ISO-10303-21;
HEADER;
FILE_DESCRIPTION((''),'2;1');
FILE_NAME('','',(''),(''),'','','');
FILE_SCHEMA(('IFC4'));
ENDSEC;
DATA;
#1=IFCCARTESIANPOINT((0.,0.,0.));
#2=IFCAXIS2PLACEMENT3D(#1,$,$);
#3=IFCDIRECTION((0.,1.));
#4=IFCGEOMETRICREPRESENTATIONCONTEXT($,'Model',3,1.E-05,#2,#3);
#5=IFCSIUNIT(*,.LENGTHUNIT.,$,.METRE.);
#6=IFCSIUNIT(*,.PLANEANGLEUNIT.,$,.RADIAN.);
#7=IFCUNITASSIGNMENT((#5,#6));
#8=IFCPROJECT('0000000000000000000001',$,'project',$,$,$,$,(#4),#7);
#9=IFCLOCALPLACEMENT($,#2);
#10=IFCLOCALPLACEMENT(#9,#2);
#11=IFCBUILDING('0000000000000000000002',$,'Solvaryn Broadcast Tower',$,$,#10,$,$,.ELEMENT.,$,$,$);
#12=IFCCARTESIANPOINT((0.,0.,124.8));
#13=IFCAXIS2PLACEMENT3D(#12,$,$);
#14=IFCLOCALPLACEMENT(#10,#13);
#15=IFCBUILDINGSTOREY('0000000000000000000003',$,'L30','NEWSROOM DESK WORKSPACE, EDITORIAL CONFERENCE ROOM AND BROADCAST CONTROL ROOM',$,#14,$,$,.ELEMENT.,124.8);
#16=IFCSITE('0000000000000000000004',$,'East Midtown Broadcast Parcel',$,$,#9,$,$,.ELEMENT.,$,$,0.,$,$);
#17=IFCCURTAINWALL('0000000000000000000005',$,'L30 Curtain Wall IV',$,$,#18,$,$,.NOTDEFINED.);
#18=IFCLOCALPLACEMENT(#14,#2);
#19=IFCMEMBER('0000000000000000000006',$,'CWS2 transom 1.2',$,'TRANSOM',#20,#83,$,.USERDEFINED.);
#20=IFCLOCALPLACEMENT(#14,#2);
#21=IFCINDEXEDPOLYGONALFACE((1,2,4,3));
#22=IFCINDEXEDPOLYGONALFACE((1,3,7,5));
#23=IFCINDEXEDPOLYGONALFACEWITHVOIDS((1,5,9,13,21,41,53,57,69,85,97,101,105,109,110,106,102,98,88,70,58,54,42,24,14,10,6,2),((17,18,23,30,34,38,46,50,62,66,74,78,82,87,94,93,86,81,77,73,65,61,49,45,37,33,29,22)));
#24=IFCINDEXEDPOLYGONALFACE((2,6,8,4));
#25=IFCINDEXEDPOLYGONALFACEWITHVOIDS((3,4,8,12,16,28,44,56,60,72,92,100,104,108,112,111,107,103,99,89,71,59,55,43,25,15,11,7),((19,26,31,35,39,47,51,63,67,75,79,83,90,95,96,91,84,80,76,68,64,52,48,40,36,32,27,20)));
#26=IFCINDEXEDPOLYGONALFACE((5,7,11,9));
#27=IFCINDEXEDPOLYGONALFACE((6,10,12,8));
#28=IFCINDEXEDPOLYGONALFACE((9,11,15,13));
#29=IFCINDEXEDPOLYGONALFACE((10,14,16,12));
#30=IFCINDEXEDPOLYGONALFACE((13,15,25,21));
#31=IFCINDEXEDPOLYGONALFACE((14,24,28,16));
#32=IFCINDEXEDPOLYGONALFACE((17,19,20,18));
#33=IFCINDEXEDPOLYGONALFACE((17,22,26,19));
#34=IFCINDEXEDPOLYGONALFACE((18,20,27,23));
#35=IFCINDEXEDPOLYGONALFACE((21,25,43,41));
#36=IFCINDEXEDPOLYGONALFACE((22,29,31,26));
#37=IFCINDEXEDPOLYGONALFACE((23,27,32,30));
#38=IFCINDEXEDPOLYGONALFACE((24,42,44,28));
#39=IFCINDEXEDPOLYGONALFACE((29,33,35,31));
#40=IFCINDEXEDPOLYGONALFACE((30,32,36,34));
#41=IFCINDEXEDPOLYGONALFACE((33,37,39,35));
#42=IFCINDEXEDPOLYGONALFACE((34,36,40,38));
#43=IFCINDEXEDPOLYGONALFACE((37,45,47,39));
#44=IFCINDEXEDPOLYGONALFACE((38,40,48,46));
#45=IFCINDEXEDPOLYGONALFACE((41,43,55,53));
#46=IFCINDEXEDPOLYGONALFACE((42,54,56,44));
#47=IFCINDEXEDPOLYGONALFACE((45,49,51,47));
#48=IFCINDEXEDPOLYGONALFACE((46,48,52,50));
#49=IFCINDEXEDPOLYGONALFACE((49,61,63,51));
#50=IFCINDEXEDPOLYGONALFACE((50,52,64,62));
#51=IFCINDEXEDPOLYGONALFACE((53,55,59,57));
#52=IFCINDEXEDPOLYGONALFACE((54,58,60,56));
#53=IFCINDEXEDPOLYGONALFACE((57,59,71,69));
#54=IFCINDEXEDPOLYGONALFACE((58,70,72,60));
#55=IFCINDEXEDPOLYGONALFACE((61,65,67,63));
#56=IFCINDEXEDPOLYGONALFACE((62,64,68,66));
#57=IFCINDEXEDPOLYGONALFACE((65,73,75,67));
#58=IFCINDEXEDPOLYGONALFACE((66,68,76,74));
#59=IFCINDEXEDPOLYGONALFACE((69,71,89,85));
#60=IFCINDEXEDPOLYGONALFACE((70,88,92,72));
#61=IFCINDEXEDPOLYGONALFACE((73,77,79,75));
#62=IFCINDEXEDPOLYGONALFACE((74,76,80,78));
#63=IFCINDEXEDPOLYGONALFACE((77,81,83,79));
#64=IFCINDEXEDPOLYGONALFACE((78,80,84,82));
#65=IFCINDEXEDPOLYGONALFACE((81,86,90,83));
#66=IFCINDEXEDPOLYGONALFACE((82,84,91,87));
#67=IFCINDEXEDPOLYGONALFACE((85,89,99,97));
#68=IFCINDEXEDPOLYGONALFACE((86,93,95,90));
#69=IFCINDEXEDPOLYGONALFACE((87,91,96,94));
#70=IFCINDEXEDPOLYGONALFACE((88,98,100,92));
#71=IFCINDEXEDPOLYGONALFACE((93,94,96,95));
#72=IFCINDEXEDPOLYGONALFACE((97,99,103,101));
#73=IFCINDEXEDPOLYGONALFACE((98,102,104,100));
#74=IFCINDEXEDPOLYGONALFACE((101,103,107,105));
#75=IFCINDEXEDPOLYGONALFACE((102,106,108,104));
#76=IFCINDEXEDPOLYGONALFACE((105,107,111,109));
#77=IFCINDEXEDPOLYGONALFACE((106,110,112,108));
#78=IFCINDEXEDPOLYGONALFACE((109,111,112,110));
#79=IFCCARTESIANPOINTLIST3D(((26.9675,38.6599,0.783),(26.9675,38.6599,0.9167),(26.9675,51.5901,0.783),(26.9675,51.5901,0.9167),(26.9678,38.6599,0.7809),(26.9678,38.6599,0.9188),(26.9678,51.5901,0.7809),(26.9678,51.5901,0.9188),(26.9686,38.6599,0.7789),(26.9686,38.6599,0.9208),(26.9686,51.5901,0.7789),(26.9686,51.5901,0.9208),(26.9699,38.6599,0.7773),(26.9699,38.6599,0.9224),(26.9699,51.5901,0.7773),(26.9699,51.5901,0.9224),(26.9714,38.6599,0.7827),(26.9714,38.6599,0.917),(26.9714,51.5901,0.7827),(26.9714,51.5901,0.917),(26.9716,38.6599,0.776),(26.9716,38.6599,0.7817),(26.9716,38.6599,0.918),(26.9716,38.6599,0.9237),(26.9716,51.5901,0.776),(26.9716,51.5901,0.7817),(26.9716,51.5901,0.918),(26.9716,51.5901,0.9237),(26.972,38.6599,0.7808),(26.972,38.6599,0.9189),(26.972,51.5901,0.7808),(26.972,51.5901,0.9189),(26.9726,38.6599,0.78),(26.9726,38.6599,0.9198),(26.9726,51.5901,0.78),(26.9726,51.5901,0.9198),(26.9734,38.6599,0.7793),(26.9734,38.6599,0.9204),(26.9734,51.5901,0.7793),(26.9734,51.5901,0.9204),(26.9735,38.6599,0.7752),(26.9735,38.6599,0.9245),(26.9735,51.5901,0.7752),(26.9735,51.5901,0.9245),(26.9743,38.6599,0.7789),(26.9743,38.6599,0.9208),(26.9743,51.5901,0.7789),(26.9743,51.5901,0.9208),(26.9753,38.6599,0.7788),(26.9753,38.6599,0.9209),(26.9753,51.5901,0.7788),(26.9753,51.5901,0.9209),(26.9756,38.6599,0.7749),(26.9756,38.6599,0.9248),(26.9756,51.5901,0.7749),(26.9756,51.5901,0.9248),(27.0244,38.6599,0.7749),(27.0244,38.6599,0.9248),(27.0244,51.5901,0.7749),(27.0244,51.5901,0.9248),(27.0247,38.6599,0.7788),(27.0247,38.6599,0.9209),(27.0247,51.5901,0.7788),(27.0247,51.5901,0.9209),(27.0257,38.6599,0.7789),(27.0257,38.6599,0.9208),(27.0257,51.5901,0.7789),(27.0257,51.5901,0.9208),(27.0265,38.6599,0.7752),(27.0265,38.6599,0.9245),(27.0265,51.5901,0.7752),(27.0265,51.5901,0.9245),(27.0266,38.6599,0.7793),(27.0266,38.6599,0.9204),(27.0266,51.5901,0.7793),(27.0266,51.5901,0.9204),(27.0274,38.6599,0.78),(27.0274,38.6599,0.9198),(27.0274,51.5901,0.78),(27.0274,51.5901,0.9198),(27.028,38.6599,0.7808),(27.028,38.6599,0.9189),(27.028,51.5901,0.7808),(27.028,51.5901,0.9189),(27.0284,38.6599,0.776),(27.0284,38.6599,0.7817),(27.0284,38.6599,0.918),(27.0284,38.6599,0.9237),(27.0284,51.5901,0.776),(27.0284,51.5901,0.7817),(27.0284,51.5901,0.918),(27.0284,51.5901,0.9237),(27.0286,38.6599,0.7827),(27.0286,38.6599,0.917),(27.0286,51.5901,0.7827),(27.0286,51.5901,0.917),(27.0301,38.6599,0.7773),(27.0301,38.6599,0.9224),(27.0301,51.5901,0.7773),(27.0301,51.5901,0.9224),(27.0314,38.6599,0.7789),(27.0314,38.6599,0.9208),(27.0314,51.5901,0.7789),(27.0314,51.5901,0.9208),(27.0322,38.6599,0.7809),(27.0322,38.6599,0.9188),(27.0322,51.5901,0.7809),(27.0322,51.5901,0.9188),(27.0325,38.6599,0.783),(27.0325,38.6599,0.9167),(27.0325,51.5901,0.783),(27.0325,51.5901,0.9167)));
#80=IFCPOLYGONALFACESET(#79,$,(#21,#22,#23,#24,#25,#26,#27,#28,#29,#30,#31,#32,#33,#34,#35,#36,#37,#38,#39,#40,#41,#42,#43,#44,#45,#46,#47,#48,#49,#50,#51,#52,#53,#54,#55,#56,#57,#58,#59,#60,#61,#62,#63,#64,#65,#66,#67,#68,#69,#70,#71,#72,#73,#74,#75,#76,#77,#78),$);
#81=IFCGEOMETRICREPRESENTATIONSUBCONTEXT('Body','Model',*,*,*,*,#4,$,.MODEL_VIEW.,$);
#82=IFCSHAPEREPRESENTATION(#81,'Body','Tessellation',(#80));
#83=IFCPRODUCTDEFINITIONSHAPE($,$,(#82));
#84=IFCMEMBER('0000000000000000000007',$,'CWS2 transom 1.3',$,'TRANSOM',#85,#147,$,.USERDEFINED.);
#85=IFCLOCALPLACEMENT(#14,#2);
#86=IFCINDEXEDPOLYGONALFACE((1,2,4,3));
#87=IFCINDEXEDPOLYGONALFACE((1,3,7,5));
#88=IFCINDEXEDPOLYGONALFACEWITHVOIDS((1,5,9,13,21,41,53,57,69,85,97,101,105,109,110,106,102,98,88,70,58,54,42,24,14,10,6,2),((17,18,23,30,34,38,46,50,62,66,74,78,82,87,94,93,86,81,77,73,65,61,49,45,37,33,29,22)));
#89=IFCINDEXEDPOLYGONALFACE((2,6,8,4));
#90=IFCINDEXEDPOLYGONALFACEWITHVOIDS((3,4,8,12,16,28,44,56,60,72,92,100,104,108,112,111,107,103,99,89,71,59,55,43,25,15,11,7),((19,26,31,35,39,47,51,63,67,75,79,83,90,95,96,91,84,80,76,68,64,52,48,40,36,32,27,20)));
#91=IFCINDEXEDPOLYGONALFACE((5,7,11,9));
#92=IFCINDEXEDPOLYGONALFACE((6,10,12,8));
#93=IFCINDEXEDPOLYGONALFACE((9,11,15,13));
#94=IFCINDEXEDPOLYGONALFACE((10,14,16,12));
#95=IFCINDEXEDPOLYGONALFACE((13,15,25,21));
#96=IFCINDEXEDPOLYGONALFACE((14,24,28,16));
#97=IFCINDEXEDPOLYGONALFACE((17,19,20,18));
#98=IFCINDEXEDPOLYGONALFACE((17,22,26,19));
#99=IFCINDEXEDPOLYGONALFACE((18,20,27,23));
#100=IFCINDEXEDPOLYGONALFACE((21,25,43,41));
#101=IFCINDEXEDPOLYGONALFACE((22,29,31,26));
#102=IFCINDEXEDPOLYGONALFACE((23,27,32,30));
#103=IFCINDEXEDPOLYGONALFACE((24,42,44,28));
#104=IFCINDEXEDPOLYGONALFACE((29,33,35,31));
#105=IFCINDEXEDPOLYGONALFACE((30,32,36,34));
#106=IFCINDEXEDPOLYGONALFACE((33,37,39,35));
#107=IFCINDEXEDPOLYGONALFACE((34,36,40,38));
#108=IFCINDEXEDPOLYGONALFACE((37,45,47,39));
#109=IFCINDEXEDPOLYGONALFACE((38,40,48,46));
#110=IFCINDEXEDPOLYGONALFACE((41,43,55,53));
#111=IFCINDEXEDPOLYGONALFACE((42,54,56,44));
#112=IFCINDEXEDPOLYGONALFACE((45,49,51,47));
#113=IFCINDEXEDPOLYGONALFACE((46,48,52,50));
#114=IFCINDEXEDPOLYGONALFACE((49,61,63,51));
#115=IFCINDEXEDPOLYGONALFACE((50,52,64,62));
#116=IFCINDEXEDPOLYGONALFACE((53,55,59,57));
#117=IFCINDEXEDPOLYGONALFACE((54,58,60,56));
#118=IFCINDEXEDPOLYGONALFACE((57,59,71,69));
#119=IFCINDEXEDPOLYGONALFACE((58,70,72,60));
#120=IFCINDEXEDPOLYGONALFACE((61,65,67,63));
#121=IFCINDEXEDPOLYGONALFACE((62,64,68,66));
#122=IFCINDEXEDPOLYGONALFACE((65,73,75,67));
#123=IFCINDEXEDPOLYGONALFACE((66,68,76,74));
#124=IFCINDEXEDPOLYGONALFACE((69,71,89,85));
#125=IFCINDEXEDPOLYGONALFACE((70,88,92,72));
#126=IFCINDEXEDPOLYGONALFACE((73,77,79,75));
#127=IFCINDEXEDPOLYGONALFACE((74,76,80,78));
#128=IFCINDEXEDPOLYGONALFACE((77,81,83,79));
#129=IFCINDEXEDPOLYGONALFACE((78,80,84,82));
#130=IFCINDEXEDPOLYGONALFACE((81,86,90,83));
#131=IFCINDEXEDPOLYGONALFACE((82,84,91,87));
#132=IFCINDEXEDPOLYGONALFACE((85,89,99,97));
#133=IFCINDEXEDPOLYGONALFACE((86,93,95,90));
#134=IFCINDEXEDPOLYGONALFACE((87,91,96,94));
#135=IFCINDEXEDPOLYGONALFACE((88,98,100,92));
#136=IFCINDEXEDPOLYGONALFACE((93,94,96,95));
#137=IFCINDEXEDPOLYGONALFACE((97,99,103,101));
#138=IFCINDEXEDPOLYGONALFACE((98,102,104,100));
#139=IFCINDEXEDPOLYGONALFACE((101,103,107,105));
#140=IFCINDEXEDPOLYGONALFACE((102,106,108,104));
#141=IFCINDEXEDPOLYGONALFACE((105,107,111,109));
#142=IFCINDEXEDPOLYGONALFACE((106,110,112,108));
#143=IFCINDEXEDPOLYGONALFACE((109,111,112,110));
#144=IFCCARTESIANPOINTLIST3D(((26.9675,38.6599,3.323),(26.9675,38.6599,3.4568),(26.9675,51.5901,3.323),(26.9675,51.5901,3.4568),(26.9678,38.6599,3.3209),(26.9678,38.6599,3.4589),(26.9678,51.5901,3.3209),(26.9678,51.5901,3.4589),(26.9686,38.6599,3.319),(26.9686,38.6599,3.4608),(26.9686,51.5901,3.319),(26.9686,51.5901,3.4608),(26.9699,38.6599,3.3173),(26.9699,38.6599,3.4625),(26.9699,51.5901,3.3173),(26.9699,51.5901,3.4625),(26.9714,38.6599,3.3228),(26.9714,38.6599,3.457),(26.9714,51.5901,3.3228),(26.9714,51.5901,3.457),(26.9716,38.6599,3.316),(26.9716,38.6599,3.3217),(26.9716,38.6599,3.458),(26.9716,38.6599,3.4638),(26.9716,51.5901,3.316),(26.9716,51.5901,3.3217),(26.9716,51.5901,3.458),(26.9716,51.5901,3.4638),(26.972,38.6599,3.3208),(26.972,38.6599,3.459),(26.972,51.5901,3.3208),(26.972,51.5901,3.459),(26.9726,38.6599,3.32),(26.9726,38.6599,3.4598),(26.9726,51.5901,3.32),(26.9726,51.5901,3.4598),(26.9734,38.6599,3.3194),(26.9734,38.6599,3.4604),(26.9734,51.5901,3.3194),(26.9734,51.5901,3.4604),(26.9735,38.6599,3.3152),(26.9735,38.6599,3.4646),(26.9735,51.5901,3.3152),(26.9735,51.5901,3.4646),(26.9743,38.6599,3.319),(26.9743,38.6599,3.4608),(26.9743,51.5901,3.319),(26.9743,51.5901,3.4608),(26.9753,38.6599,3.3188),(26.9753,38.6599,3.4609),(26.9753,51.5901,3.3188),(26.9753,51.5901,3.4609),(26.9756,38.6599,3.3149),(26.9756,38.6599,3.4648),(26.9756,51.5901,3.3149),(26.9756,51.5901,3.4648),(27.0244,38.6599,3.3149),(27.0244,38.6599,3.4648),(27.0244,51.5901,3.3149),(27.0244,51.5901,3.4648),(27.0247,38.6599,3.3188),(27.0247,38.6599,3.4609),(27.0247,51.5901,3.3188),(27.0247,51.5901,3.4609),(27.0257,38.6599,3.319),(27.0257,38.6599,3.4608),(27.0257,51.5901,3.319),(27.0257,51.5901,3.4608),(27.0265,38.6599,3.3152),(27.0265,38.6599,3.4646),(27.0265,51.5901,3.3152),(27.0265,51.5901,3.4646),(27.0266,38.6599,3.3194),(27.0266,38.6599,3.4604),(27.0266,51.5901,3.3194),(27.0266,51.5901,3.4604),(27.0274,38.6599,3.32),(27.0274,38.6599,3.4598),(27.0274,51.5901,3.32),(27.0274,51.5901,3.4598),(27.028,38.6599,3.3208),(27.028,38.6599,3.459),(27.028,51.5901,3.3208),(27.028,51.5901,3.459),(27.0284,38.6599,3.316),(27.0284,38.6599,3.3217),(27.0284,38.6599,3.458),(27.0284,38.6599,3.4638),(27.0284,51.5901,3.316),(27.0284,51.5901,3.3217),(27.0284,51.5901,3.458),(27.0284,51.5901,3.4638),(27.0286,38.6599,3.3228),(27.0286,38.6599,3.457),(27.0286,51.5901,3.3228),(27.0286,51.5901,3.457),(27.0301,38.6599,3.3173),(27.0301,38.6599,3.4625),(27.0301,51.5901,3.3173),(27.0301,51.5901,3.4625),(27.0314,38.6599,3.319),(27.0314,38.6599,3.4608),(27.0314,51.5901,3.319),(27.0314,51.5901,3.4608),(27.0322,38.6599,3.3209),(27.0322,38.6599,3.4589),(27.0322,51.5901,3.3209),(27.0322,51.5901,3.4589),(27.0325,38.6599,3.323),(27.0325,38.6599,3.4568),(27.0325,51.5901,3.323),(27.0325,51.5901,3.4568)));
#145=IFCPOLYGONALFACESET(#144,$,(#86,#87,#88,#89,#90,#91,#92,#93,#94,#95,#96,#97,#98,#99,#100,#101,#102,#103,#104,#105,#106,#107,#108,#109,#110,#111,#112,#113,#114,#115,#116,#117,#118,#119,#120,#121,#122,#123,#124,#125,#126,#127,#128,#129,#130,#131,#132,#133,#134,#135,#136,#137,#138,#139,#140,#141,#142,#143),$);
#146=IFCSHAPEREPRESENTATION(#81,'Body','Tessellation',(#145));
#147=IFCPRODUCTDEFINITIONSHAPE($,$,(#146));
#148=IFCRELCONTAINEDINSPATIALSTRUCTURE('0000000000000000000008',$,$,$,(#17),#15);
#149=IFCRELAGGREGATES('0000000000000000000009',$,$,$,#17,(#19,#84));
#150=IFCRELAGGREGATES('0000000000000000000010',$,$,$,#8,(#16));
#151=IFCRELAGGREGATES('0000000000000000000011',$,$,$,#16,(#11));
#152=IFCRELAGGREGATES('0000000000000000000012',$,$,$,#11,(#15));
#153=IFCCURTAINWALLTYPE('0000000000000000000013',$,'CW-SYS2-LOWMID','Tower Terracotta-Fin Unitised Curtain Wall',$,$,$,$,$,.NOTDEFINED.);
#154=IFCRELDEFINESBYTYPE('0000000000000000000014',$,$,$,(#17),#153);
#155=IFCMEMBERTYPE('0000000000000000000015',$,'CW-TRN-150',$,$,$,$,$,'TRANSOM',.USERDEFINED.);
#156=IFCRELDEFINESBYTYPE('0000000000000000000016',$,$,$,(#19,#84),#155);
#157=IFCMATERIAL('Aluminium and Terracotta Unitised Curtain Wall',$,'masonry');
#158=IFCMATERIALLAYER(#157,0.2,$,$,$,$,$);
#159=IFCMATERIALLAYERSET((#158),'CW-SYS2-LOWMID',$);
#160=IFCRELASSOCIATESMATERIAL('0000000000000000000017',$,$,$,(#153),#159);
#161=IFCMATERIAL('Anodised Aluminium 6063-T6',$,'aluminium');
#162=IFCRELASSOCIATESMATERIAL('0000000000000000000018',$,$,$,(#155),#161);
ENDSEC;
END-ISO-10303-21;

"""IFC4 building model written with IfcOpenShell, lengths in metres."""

from ifc_helpers import new_model, si_unit, direction, frame, origin, origin_2d, place, context, subcontext, project, spatial, hollow_rectangle, extrude, material, layer, layer_set, material_profile, profile_set, type_object, element, aggregate, save


model = new_model("IFC4")

# Units and contexts
model_context = context("Model", 3, precision=1e-05, world=origin(), true_north=direction((0.0, 1.0)))
body_context = subcontext(model_context, "Body", "Model", "MODEL_VIEW")
ifc_project = project(units=[si_unit("LENGTHUNIT", "METRE"), si_unit("PLANEANGLEUNIT", "RADIAN")], contexts=[model_context])

# Site, building, storey
site_placement = place(None, origin())
site = spatial("IfcSite", under=ifc_project, at=site_placement, Name="East Midtown Broadcast Parcel", CompositionType="ELEMENT", RefElevation=0.0)
building_placement = place(site_placement, origin())
building = spatial("IfcBuilding", under=site, at=building_placement, Name="Solvaryn Broadcast Tower", CompositionType="ELEMENT")
storey_placement = place(building_placement, frame((0.0, 0.0, 124.8)))
storey = spatial("IfcBuildingStorey", under=building, at=storey_placement, Name="L30", Description="NEWSROOM DESK WORKSPACE, EDITORIAL CONFERENCE ROOM AND BROADCAST CONTROL ROOM", CompositionType="ELEMENT", Elevation=124.8)

# Curtain wall
ifc_material_1 = material(Name="Aluminium and Terracotta Unitised Curtain Wall", Category="masonry")
ifc_layer_1 = layer(ifc_material_1, 0.2)
ifc_layer_set_1 = layer_set([ifc_layer_1], Name="CW-SYS2-LOWMID")
curtain_wall_type = type_object("IfcCurtainWallType", Name="CW-SYS2-LOWMID", Description="Tower Terracotta-Fin Unitised Curtain Wall", PredefinedType="NOTDEFINED", material=ifc_layer_set_1)
curtain_wall_1_placement = place(storey_placement, origin())
curtain_wall_1 = element("IfcCurtainWall", 1, at=curtain_wall_1_placement, inside=storey, type_object=curtain_wall_type, Name="L30 Curtain Wall IV", PredefinedType="NOTDEFINED")

# Members
ifc_material_2 = material(Name="Anodised Aluminium 6063-T6", Category="aluminium")
ifc_material_profile_1 = material_profile(ifc_material_2, hollow_rectangle(XDim=0.0649, YDim=0.1499, WallThickness=0.0039, InnerFilletRadius=0.0039, OuterFilletRadius=0.0081, at=origin_2d()))
ifc_profile_set_1 = profile_set([ifc_material_profile_1], Name="Anodised Aluminium 6063-T6")
member_type_1 = type_object("IfcMemberType", Name="CW-TRN-150", ElementType="TRANSOM", PredefinedType="USERDEFINED", material=ifc_profile_set_1)
member_1_placement = place(storey_placement, frame((27.0, 51.5901, 0.8499), z_axis=(0.0, -1.0, 0.0), x_axis=(1.0, 0.0, 0.0)))
member_1 = element("IfcMember", 2, at=member_1_placement, type_object=member_type_1, Name="CWS2 transom 1.2", ObjectType="TRANSOM", PredefinedType="USERDEFINED", context=body_context, shape_type="SweptSolid", body=[
    extrude(hollow_rectangle(XDim=0.0649, YDim=0.1499, WallThickness=0.0039, InnerFilletRadius=0.0039, OuterFilletRadius=0.0081, at=origin_2d()), origin(), (0.0, 0.0, 1.0), 12.9302),
])
member_2_placement = place(storey_placement, frame((27.0, 51.5901, 3.3899), z_axis=(0.0, -1.0, 0.0), x_axis=(1.0, 0.0, 0.0)))
member_2 = element("IfcMember", 3, at=member_2_placement, type_object=member_type_1, Name="CWS2 transom 1.3", ObjectType="TRANSOM", PredefinedType="USERDEFINED", context=body_context, shape_type="SweptSolid", body=[
    extrude(hollow_rectangle(XDim=0.0649, YDim=0.1499, WallThickness=0.0039, InnerFilletRadius=0.0039, OuterFilletRadius=0.0081, at=origin_2d()), origin(), (0.0, 0.0, 1.0), 12.9302),
])

aggregate(curtain_wall_1, [member_1, member_2])

save(model, "model.ifc")
